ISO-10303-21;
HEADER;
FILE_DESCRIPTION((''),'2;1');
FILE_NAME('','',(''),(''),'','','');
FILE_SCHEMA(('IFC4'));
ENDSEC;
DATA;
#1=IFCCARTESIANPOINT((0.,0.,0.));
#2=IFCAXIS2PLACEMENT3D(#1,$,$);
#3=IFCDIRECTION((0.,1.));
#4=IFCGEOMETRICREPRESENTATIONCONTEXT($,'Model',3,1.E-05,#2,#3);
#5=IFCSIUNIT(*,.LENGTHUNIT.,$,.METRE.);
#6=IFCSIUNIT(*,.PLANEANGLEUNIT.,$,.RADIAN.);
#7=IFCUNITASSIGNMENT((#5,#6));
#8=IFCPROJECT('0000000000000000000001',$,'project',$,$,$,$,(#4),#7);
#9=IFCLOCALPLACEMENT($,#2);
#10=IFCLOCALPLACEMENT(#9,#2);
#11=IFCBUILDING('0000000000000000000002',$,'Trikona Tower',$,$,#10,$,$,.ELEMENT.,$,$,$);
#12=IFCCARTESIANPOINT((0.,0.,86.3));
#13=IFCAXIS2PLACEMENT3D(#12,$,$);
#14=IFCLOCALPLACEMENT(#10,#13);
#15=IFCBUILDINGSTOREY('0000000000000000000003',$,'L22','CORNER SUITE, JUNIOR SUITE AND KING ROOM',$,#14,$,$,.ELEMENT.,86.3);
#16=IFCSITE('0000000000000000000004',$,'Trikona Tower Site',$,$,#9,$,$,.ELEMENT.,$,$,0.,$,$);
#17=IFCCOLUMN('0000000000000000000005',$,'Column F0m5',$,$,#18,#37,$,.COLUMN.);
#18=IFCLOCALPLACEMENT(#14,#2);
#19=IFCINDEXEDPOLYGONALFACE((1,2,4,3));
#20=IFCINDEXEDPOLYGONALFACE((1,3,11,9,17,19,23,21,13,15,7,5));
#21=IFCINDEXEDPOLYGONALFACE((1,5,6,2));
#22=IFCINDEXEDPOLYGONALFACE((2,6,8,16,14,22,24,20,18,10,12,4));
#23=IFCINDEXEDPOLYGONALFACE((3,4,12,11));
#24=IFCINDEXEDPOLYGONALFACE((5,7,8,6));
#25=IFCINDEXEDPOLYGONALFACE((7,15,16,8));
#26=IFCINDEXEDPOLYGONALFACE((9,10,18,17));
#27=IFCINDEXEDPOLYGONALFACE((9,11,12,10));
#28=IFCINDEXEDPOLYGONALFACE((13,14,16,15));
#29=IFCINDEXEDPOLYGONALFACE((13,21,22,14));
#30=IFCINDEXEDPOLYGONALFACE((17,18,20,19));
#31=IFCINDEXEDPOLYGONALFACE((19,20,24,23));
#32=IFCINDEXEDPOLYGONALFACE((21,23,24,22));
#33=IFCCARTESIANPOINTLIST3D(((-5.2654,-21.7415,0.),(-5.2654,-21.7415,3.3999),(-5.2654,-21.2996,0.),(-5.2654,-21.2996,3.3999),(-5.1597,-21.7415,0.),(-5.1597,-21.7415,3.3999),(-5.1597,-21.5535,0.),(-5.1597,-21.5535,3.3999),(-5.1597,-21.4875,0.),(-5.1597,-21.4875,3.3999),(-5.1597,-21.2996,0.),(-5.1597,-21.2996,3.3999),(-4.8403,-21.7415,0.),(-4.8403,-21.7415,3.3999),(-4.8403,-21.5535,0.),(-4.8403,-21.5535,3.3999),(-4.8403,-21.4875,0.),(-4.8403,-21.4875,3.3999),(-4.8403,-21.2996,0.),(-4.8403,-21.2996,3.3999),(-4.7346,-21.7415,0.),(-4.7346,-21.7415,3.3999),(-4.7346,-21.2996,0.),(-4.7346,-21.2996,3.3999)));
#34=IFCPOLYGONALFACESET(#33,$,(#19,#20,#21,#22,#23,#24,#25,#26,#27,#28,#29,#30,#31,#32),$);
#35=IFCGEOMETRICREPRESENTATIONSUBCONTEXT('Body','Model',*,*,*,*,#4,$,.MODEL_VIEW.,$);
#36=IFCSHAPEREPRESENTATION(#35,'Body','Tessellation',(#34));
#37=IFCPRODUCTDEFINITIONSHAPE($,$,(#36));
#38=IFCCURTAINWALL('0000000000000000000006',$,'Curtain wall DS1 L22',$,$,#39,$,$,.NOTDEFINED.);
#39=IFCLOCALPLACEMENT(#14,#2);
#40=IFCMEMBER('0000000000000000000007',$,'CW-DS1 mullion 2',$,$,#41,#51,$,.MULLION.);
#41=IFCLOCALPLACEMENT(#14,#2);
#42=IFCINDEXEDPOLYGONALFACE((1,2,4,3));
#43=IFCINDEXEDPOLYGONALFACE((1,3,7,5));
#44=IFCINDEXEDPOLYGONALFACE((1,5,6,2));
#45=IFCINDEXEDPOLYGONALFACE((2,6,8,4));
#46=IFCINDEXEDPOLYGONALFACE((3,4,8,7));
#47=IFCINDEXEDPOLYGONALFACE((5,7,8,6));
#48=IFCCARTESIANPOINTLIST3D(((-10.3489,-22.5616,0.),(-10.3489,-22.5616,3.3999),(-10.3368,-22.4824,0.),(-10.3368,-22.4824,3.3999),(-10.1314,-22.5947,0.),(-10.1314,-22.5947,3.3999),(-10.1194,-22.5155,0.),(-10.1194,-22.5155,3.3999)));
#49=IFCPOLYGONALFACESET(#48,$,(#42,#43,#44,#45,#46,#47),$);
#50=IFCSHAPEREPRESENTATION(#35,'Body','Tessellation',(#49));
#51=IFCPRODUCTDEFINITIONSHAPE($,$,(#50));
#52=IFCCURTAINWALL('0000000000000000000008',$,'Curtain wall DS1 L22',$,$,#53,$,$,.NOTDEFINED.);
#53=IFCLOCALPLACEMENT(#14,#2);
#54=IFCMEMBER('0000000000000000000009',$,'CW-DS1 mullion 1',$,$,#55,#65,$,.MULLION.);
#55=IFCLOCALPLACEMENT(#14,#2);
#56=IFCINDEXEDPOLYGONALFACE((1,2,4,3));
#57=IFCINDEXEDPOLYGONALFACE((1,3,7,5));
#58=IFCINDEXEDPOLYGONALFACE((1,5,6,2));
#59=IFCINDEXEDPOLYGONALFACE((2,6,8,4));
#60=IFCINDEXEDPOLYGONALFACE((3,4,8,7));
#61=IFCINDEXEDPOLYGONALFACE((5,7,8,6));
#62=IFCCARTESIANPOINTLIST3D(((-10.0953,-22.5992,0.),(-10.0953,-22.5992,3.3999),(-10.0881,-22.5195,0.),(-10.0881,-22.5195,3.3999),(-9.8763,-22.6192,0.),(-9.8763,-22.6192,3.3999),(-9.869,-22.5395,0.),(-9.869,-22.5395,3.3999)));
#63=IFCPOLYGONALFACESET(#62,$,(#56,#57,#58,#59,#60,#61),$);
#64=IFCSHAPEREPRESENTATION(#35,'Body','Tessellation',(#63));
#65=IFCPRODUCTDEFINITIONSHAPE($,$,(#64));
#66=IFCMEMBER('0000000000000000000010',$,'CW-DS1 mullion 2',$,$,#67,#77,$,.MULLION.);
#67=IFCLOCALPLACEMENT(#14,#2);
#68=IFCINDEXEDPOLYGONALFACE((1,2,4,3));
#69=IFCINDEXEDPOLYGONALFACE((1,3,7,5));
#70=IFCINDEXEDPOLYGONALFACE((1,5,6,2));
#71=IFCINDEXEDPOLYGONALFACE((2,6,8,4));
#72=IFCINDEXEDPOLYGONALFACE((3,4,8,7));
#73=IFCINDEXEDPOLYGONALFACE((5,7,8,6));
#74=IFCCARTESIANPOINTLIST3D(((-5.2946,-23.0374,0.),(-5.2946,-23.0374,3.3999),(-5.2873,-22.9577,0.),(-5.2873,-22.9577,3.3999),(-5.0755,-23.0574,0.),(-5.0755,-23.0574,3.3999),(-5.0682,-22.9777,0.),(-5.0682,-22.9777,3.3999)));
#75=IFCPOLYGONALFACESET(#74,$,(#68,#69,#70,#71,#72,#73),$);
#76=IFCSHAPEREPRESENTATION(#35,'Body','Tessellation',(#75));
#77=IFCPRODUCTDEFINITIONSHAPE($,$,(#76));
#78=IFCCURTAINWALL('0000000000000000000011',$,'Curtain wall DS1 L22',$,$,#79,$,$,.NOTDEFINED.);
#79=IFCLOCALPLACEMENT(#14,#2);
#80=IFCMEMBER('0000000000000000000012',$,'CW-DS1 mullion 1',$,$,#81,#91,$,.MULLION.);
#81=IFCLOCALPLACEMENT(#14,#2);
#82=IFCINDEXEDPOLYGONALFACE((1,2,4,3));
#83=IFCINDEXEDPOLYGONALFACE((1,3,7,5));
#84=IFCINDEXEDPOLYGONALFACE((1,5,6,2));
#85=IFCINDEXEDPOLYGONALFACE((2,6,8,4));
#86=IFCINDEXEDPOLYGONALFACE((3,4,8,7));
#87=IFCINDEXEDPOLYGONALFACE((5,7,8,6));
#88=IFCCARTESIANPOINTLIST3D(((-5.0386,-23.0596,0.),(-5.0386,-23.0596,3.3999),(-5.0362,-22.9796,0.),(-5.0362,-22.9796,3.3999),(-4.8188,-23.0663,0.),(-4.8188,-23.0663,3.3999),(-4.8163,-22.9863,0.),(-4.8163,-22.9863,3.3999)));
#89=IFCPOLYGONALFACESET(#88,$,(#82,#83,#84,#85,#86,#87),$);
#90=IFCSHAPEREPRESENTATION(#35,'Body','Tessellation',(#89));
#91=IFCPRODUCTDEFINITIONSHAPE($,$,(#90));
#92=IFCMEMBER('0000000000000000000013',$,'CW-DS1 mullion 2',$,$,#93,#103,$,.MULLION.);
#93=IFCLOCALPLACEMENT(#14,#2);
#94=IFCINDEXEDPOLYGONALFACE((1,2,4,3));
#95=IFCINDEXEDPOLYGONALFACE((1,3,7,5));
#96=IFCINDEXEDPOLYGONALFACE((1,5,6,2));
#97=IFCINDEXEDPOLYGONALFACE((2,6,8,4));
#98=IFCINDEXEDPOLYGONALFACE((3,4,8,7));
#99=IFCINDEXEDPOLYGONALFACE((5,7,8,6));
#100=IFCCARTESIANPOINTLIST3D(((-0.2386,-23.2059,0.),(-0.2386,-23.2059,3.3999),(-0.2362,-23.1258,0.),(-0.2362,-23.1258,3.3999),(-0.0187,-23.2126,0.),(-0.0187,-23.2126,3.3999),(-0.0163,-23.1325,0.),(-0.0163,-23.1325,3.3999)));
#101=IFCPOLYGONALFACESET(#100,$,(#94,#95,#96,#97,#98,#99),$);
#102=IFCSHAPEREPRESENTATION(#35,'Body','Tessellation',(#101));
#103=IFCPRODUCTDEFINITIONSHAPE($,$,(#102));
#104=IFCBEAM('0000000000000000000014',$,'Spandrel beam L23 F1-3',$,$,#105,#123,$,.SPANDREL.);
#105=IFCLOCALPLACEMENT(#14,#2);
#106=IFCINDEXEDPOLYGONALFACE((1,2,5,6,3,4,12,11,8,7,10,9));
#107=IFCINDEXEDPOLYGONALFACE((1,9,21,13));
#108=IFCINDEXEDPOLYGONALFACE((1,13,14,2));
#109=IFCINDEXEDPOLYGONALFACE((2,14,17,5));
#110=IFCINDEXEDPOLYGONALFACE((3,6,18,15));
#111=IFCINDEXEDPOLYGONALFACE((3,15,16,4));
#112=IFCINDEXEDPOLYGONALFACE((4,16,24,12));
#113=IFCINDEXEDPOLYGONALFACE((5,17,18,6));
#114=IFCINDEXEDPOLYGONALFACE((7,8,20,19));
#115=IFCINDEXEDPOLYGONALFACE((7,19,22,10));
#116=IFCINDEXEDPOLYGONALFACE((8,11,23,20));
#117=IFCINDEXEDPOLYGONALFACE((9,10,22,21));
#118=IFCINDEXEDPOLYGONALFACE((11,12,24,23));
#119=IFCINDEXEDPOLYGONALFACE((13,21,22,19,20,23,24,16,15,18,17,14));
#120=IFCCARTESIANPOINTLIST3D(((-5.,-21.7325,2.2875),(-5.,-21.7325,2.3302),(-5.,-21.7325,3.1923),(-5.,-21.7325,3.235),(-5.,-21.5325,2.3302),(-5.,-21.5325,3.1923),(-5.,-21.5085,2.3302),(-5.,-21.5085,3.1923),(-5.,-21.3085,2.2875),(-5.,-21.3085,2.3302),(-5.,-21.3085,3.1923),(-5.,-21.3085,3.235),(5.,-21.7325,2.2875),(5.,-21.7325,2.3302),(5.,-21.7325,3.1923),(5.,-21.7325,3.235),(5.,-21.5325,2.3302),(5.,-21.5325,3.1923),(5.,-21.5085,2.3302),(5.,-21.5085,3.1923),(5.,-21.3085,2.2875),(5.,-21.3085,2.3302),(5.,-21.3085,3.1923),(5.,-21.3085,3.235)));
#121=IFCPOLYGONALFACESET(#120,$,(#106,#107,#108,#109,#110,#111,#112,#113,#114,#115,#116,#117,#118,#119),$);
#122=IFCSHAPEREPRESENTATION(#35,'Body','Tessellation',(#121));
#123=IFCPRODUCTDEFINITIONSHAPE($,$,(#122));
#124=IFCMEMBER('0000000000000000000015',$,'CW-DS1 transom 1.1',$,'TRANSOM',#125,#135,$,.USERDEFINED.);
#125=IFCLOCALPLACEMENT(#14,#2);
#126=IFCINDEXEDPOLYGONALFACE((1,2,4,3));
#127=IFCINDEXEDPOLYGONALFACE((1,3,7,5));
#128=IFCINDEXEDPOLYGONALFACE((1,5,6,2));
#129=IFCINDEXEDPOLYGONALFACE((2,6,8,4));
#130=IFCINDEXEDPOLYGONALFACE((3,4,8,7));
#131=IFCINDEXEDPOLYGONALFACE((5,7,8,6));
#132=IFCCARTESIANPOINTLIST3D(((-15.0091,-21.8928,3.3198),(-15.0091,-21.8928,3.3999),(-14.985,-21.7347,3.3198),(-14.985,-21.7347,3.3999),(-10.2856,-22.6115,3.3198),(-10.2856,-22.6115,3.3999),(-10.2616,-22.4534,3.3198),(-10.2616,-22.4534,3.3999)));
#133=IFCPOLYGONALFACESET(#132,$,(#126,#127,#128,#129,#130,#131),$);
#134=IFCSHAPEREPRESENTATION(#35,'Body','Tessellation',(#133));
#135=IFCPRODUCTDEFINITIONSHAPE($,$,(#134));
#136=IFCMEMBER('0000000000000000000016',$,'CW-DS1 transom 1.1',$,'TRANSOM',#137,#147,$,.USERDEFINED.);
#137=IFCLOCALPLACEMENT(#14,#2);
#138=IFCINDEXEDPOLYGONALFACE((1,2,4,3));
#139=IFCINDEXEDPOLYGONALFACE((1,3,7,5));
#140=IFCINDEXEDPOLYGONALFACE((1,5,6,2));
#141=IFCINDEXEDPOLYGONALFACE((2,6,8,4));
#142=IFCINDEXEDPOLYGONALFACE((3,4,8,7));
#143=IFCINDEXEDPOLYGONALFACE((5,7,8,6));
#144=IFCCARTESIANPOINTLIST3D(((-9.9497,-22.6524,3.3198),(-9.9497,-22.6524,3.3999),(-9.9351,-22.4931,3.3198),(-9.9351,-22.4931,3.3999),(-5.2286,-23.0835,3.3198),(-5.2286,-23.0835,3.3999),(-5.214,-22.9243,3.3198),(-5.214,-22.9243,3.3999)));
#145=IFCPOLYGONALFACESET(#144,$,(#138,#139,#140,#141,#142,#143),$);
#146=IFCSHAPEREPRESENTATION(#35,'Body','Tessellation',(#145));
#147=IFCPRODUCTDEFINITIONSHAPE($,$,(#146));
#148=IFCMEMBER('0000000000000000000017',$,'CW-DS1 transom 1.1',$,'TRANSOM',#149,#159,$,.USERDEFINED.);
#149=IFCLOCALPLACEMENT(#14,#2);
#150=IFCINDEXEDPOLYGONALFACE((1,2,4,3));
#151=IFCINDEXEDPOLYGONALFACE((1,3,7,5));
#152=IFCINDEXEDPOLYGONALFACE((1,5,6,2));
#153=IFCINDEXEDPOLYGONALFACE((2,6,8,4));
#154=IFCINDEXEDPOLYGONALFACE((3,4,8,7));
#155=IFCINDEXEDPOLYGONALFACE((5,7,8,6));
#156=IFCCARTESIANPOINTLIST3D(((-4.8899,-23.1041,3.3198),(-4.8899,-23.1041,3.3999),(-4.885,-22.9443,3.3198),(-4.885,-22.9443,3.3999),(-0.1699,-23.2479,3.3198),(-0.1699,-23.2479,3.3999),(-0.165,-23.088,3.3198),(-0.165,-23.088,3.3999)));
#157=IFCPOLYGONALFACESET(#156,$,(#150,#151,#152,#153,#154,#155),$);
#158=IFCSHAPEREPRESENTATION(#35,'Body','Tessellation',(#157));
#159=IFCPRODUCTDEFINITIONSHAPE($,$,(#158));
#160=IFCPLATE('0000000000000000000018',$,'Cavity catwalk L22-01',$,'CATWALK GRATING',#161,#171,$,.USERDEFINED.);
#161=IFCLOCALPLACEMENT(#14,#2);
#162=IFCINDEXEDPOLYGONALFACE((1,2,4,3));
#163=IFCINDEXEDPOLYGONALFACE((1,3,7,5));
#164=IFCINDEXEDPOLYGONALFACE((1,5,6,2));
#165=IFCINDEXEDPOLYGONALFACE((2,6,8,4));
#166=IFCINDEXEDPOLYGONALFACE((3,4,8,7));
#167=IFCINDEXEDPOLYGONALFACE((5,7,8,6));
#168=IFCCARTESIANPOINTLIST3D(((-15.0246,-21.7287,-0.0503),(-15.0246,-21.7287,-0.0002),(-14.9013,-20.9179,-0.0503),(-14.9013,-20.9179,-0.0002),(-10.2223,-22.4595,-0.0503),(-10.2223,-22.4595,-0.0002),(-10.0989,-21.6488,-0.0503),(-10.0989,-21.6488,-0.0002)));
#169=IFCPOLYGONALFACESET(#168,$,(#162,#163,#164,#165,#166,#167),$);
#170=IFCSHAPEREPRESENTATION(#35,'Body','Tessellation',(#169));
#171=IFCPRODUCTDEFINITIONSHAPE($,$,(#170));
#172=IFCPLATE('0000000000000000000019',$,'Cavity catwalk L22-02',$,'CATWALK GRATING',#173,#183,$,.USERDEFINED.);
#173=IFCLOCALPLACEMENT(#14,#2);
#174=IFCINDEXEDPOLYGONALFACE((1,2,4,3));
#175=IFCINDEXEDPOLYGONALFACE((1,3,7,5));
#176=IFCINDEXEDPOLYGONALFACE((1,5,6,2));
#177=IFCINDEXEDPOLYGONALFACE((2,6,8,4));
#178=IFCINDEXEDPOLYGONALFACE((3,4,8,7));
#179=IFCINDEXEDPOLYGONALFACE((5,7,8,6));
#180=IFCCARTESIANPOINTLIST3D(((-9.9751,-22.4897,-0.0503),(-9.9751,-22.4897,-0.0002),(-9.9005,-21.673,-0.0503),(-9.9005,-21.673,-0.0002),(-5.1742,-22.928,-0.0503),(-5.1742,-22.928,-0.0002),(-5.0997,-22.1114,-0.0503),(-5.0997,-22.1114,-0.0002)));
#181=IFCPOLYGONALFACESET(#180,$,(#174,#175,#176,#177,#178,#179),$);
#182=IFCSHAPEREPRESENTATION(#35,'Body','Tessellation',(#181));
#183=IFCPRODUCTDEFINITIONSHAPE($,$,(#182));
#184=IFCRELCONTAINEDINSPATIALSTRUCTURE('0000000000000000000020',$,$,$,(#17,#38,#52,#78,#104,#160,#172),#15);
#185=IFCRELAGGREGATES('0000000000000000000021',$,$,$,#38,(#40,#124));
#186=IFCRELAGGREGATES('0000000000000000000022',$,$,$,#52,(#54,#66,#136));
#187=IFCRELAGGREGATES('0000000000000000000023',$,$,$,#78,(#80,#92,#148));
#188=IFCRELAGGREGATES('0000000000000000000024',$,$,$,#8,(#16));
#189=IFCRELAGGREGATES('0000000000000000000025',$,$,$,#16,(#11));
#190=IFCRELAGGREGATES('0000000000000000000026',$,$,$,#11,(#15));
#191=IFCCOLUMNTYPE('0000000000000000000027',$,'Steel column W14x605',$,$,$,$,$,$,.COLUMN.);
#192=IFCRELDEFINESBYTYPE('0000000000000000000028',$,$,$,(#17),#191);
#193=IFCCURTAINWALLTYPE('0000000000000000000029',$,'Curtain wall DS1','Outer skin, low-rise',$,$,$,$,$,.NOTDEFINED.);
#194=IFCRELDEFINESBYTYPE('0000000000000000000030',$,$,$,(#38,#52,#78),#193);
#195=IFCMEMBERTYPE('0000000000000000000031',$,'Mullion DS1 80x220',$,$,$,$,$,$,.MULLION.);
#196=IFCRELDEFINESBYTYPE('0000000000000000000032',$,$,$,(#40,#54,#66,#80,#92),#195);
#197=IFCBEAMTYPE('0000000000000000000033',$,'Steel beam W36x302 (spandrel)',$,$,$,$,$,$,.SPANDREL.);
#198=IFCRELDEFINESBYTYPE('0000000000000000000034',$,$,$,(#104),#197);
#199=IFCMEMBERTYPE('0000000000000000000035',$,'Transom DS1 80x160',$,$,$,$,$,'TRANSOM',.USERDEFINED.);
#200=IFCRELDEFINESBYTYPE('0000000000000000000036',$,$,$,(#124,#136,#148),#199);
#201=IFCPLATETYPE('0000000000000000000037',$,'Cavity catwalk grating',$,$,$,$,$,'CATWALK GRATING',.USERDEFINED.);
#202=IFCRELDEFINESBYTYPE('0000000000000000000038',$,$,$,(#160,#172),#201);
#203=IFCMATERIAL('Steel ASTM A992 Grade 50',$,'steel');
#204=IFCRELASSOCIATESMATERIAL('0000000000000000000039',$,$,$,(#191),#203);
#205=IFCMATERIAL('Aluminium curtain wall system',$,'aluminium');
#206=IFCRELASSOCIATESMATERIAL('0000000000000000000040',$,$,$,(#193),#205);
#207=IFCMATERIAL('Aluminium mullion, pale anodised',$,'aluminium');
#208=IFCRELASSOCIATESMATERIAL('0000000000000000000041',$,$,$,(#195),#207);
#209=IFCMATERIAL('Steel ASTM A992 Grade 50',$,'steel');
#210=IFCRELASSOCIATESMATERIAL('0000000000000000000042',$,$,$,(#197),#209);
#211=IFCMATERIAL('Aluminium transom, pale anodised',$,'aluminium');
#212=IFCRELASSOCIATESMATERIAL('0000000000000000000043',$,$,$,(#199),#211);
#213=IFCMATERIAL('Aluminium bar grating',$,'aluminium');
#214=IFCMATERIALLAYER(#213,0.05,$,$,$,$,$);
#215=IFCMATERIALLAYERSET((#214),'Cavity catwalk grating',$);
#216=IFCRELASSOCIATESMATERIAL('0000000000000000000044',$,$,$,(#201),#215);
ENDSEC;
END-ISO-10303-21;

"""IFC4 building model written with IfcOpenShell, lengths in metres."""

from ifc_helpers import new_model, si_unit, direction, frame, origin, origin_2d, place, context, subcontext, project, spatial, rectangle, i_section, extrude, material, layer, layer_set, material_profile, profile_set, type_object, element, aggregate, save


model = new_model("IFC4")

# Units and contexts
model_context = context("Model", 3, precision=1e-05, world=origin(), true_north=direction((0.0, 1.0)))
body_context = subcontext(model_context, "Body", "Model", "MODEL_VIEW")
ifc_project = project(units=[si_unit("LENGTHUNIT", "METRE"), si_unit("PLANEANGLEUNIT", "RADIAN")], contexts=[model_context])

# Site, building, storey
site_placement = place(None, origin())
site = spatial("IfcSite", under=ifc_project, at=site_placement, Name="Trikona Tower Site", CompositionType="ELEMENT", RefElevation=0.0)
building_placement = place(site_placement, origin())
building = spatial("IfcBuilding", under=site, at=building_placement, Name="Trikona Tower", CompositionType="ELEMENT")
storey_placement = place(building_placement, frame((0.0, 0.0, 86.3)))
storey = spatial("IfcBuildingStorey", under=building, at=storey_placement, Name="L22", Description="CORNER SUITE, JUNIOR SUITE AND KING ROOM", CompositionType="ELEMENT", Elevation=86.3)

# Column
ifc_material_1 = material(Name="Steel ASTM A992 Grade 50", Category="steel")
ifc_material_profile_1 = material_profile(ifc_material_1, i_section(OverallWidth=0.4419, OverallDepth=0.5308, WebThickness=0.0659, FlangeThickness=0.1057, at=origin_2d()), Name="W14X605")
ifc_profile_set_1 = profile_set([ifc_material_profile_1], Name="Steel ASTM A992 Grade 50")
column_type = type_object("IfcColumnType", Name="Steel column W14x605", PredefinedType="COLUMN", material=ifc_profile_set_1)
column_placement = place(storey_placement, frame((-5.0, -21.5205, 0.0), z_axis=(0.0, 0.0, 1.0), x_axis=(0.0, -1.0, 0.0)))
element("IfcColumn", 1, at=column_placement, inside=storey, type_object=column_type, Name="Column F0m5", PredefinedType="COLUMN", context=body_context, shape_type="SweptSolid", body=[
    extrude(i_section(OverallWidth=0.4419, OverallDepth=0.5308, WebThickness=0.0659, FlangeThickness=0.1057, at=origin_2d()), origin(), (0.0, 0.0, 1.0), 3.3999),
])

# Curtain wall, member
ifc_material_2 = material(Name="Aluminium curtain wall system", Category="aluminium")
curtain_wall_type = type_object("IfcCurtainWallType", Name="Curtain wall DS1", Description="Outer skin, low-rise", PredefinedType="NOTDEFINED", material=ifc_material_2)
curtain_wall_1_placement = place(storey_placement, origin())
curtain_wall_1 = element("IfcCurtainWall", 2, at=curtain_wall_1_placement, inside=storey, type_object=curtain_wall_type, Name="Curtain wall DS1 L22", PredefinedType="NOTDEFINED")
ifc_material_3 = material(Name="Aluminium mullion, pale anodised", Category="aluminium")
ifc_material_profile_2 = material_profile(ifc_material_3, rectangle(XDim=0.0801, YDim=0.22, at=origin_2d()), Name="MUL-DS1")
ifc_profile_set_2 = profile_set([ifc_material_profile_2], Name="Aluminium mullion, pale anodised")
member_type_1 = type_object("IfcMemberType", Name="Mullion DS1 80x220", PredefinedType="MULLION", material=ifc_profile_set_2)
member_1_placement = place(storey_placement, frame((-10.2341, -22.5386, 0.0), z_axis=(0.0, 0.0, 1.0), x_axis=(0.150438, 0.988619, 0.0)))
member_1 = element("IfcMember", 3, at=member_1_placement, type_object=member_type_1, Name="CW-DS1 mullion 2", PredefinedType="MULLION", context=body_context, shape_type="SweptSolid", body=[
    extrude(rectangle(XDim=0.0801, YDim=0.22, at=origin_2d()), origin(), (0.0, 0.0, 1.0), 3.3999),
])

# Curtain walls, members
curtain_wall_2_placement = place(storey_placement, origin())
curtain_wall_2 = element("IfcCurtainWall", 4, at=curtain_wall_2_placement, inside=storey, type_object=curtain_wall_type, Name="Curtain wall DS1 L22", PredefinedType="NOTDEFINED")
member_2_placement = place(storey_placement, frame((-9.9822, -22.5693, 0.0), z_axis=(0.0, 0.0, 1.0), x_axis=(0.090924, 0.995858, 0.0)))
member_2 = element("IfcMember", 5, at=member_2_placement, type_object=member_type_1, Name="CW-DS1 mullion 1", PredefinedType="MULLION", context=body_context, shape_type="SweptSolid", body=[
    extrude(rectangle(XDim=0.0801, YDim=0.22, at=origin_2d()), origin(), (0.0, 0.0, 1.0), 3.3999),
])
member_3_placement = place(storey_placement, frame((-5.1814, -23.0076, 0.0), z_axis=(0.0, 0.0, 1.0), x_axis=(0.090924, 0.995858, 0.0)))
member_3 = element("IfcMember", 6, at=member_3_placement, type_object=member_type_1, Name="CW-DS1 mullion 2", PredefinedType="MULLION", context=body_context, shape_type="SweptSolid", body=[
    extrude(rectangle(XDim=0.0801, YDim=0.22, at=origin_2d()), origin(), (0.0, 0.0, 1.0), 3.3999),
])
curtain_wall_3_placement = place(storey_placement, origin())
curtain_wall_3 = element("IfcCurtainWall", 7, at=curtain_wall_3_placement, inside=storey, type_object=curtain_wall_type, Name="Curtain wall DS1 L22", PredefinedType="NOTDEFINED")
member_4_placement = place(storey_placement, frame((-4.9275, -23.0229, 0.0), z_axis=(0.0, 0.0, 1.0), x_axis=(0.030437, 0.999537, 0.0)))
member_4 = element("IfcMember", 8, at=member_4_placement, type_object=member_type_1, Name="CW-DS1 mullion 1", PredefinedType="MULLION", context=body_context, shape_type="SweptSolid", body=[
    extrude(rectangle(XDim=0.0801, YDim=0.22, at=origin_2d()), origin(), (0.0, 0.0, 1.0), 3.3999),
])
member_5_placement = place(storey_placement, frame((-0.1274, -23.1692, 0.0), z_axis=(0.0, 0.0, 1.0), x_axis=(0.030437, 0.999537, 0.0)))
member_5 = element("IfcMember", 9, at=member_5_placement, type_object=member_type_1, Name="CW-DS1 mullion 2", PredefinedType="MULLION", context=body_context, shape_type="SweptSolid", body=[
    extrude(rectangle(XDim=0.0801, YDim=0.22, at=origin_2d()), origin(), (0.0, 0.0, 1.0), 3.3999),
])

# Beam
ifc_material_4 = material(Name="Steel ASTM A992 Grade 50", Category="steel")
ifc_material_profile_3 = material_profile(ifc_material_4, i_section(OverallWidth=0.4241, OverallDepth=0.9475, WebThickness=0.0239, FlangeThickness=0.0427, at=origin_2d()), Name="W36X302")
ifc_profile_set_3 = profile_set([ifc_material_profile_3], Name="Steel ASTM A992 Grade 50")
beam_type = type_object("IfcBeamType", Name="Steel beam W36x302 (spandrel)", PredefinedType="SPANDREL", material=ifc_profile_set_3)
beam_placement = place(storey_placement, frame((-5.0, -21.5205, 2.7612), z_axis=(1.0, 0.0, 0.0), x_axis=(0.0, 1.0, 0.0)))
element("IfcBeam", 10, at=beam_placement, inside=storey, type_object=beam_type, Name="Spandrel beam L23 F1-3", PredefinedType="SPANDREL", context=body_context, shape_type="SweptSolid", body=[
    extrude(i_section(OverallWidth=0.4241, OverallDepth=0.9475, WebThickness=0.0239, FlangeThickness=0.0427, at=origin_2d()), origin(), (0.0, 0.0, 1.0), 10.0),
])

# Members
ifc_material_5 = material(Name="Aluminium transom, pale anodised", Category="aluminium")
ifc_material_profile_4 = material_profile(ifc_material_5, rectangle(XDim=0.1599, YDim=0.0801, at=origin_2d()), Name="TRN-DS1")
ifc_profile_set_4 = profile_set([ifc_material_profile_4], Name="Aluminium transom, pale anodised")
member_type_2 = type_object("IfcMemberType", Name="Transom DS1 80x160", ElementType="TRANSOM", PredefinedType="USERDEFINED", material=ifc_profile_set_4)
member_6_placement = place(storey_placement, frame((-14.9971, -21.8137, 3.3599), z_axis=(0.98862, -0.150437, 0.0), x_axis=(0.150437, 0.98862, 0.0)))
member_6 = element("IfcMember", 11, at=member_6_placement, type_object=member_type_2, Name="CW-DS1 transom 1.1", ObjectType="TRANSOM", PredefinedType="USERDEFINED", context=body_context, shape_type="SweptSolid", body=[
    extrude(rectangle(XDim=0.1599, YDim=0.0801, at=origin_2d()), origin(), (0.0, 0.0, 1.0), 4.7778),
])
member_7_placement = place(storey_placement, frame((-9.9424, -22.5728, 3.3599), z_axis=(0.995856, -0.090944, 0.0), x_axis=(0.090944, 0.995856, 0.0)))
member_7 = element("IfcMember", 12, at=member_7_placement, type_object=member_type_2, Name="CW-DS1 transom 1.1", ObjectType="TRANSOM", PredefinedType="USERDEFINED", context=body_context, shape_type="SweptSolid", body=[
    extrude(rectangle(XDim=0.1599, YDim=0.0801, at=origin_2d()), origin(), (0.0, 0.0, 1.0), 4.7407),
])
member_8_placement = place(storey_placement, frame((-4.8875, -23.0242, 3.3599), z_axis=(0.999536, -0.030452, 0.0), x_axis=(0.030452, 0.999536, 0.0)))
member_8 = element("IfcMember", 13, at=member_8_placement, type_object=member_type_2, Name="CW-DS1 transom 1.1", ObjectType="TRANSOM", PredefinedType="USERDEFINED", context=body_context, shape_type="SweptSolid", body=[
    extrude(rectangle(XDim=0.1599, YDim=0.0801, at=origin_2d()), origin(), (0.0, 0.0, 1.0), 4.7222),
])

# Plates
ifc_material_6 = material(Name="Aluminium bar grating", Category="aluminium")
ifc_layer_1 = layer(ifc_material_6, 0.05)
ifc_layer_set_1 = layer_set([ifc_layer_1], Name="Cavity catwalk grating")
plate_type_1 = type_object("IfcPlateType", Name="Cavity catwalk grating", ElementType="CATWALK GRATING", PredefinedType="USERDEFINED", material=ifc_layer_set_1)
plate_1_placement = place(storey_placement, frame((-12.5618, -21.6887, -0.0503), z_axis=(0.0, 0.0, 1.0), x_axis=(0.988618, -0.150448, 0.0)))
element("IfcPlate", 14, at=plate_1_placement, inside=storey, type_object=plate_type_1, Name="Cavity catwalk L22-01", ObjectType="CATWALK GRATING", PredefinedType="USERDEFINED", context=body_context, shape_type="SweptSolid", body=[
    extrude(rectangle(XDim=4.8577, YDim=0.8201, at=origin_2d()), origin(), (0.0, 0.0, 1.0), 0.05),
])
plate_2_placement = place(storey_placement, frame((-7.5374, -22.3005, -0.0503), z_axis=(0.0, 0.0, 1.0), x_axis=(0.995858, -0.090921, 0.0)))
element("IfcPlate", 15, at=plate_2_placement, inside=storey, type_object=plate_type_1, Name="Cavity catwalk L22-02", ObjectType="CATWALK GRATING", PredefinedType="USERDEFINED", context=body_context, shape_type="SweptSolid", body=[
    extrude(rectangle(XDim=4.8208, YDim=0.8201, at=origin_2d()), origin(), (0.0, 0.0, 1.0), 0.05),
])

aggregate(curtain_wall_1, [member_1, member_6])
aggregate(curtain_wall_2, [member_2, member_3, member_7])
aggregate(curtain_wall_3, [member_4, member_5, member_8])

save(model, "model.ifc")
